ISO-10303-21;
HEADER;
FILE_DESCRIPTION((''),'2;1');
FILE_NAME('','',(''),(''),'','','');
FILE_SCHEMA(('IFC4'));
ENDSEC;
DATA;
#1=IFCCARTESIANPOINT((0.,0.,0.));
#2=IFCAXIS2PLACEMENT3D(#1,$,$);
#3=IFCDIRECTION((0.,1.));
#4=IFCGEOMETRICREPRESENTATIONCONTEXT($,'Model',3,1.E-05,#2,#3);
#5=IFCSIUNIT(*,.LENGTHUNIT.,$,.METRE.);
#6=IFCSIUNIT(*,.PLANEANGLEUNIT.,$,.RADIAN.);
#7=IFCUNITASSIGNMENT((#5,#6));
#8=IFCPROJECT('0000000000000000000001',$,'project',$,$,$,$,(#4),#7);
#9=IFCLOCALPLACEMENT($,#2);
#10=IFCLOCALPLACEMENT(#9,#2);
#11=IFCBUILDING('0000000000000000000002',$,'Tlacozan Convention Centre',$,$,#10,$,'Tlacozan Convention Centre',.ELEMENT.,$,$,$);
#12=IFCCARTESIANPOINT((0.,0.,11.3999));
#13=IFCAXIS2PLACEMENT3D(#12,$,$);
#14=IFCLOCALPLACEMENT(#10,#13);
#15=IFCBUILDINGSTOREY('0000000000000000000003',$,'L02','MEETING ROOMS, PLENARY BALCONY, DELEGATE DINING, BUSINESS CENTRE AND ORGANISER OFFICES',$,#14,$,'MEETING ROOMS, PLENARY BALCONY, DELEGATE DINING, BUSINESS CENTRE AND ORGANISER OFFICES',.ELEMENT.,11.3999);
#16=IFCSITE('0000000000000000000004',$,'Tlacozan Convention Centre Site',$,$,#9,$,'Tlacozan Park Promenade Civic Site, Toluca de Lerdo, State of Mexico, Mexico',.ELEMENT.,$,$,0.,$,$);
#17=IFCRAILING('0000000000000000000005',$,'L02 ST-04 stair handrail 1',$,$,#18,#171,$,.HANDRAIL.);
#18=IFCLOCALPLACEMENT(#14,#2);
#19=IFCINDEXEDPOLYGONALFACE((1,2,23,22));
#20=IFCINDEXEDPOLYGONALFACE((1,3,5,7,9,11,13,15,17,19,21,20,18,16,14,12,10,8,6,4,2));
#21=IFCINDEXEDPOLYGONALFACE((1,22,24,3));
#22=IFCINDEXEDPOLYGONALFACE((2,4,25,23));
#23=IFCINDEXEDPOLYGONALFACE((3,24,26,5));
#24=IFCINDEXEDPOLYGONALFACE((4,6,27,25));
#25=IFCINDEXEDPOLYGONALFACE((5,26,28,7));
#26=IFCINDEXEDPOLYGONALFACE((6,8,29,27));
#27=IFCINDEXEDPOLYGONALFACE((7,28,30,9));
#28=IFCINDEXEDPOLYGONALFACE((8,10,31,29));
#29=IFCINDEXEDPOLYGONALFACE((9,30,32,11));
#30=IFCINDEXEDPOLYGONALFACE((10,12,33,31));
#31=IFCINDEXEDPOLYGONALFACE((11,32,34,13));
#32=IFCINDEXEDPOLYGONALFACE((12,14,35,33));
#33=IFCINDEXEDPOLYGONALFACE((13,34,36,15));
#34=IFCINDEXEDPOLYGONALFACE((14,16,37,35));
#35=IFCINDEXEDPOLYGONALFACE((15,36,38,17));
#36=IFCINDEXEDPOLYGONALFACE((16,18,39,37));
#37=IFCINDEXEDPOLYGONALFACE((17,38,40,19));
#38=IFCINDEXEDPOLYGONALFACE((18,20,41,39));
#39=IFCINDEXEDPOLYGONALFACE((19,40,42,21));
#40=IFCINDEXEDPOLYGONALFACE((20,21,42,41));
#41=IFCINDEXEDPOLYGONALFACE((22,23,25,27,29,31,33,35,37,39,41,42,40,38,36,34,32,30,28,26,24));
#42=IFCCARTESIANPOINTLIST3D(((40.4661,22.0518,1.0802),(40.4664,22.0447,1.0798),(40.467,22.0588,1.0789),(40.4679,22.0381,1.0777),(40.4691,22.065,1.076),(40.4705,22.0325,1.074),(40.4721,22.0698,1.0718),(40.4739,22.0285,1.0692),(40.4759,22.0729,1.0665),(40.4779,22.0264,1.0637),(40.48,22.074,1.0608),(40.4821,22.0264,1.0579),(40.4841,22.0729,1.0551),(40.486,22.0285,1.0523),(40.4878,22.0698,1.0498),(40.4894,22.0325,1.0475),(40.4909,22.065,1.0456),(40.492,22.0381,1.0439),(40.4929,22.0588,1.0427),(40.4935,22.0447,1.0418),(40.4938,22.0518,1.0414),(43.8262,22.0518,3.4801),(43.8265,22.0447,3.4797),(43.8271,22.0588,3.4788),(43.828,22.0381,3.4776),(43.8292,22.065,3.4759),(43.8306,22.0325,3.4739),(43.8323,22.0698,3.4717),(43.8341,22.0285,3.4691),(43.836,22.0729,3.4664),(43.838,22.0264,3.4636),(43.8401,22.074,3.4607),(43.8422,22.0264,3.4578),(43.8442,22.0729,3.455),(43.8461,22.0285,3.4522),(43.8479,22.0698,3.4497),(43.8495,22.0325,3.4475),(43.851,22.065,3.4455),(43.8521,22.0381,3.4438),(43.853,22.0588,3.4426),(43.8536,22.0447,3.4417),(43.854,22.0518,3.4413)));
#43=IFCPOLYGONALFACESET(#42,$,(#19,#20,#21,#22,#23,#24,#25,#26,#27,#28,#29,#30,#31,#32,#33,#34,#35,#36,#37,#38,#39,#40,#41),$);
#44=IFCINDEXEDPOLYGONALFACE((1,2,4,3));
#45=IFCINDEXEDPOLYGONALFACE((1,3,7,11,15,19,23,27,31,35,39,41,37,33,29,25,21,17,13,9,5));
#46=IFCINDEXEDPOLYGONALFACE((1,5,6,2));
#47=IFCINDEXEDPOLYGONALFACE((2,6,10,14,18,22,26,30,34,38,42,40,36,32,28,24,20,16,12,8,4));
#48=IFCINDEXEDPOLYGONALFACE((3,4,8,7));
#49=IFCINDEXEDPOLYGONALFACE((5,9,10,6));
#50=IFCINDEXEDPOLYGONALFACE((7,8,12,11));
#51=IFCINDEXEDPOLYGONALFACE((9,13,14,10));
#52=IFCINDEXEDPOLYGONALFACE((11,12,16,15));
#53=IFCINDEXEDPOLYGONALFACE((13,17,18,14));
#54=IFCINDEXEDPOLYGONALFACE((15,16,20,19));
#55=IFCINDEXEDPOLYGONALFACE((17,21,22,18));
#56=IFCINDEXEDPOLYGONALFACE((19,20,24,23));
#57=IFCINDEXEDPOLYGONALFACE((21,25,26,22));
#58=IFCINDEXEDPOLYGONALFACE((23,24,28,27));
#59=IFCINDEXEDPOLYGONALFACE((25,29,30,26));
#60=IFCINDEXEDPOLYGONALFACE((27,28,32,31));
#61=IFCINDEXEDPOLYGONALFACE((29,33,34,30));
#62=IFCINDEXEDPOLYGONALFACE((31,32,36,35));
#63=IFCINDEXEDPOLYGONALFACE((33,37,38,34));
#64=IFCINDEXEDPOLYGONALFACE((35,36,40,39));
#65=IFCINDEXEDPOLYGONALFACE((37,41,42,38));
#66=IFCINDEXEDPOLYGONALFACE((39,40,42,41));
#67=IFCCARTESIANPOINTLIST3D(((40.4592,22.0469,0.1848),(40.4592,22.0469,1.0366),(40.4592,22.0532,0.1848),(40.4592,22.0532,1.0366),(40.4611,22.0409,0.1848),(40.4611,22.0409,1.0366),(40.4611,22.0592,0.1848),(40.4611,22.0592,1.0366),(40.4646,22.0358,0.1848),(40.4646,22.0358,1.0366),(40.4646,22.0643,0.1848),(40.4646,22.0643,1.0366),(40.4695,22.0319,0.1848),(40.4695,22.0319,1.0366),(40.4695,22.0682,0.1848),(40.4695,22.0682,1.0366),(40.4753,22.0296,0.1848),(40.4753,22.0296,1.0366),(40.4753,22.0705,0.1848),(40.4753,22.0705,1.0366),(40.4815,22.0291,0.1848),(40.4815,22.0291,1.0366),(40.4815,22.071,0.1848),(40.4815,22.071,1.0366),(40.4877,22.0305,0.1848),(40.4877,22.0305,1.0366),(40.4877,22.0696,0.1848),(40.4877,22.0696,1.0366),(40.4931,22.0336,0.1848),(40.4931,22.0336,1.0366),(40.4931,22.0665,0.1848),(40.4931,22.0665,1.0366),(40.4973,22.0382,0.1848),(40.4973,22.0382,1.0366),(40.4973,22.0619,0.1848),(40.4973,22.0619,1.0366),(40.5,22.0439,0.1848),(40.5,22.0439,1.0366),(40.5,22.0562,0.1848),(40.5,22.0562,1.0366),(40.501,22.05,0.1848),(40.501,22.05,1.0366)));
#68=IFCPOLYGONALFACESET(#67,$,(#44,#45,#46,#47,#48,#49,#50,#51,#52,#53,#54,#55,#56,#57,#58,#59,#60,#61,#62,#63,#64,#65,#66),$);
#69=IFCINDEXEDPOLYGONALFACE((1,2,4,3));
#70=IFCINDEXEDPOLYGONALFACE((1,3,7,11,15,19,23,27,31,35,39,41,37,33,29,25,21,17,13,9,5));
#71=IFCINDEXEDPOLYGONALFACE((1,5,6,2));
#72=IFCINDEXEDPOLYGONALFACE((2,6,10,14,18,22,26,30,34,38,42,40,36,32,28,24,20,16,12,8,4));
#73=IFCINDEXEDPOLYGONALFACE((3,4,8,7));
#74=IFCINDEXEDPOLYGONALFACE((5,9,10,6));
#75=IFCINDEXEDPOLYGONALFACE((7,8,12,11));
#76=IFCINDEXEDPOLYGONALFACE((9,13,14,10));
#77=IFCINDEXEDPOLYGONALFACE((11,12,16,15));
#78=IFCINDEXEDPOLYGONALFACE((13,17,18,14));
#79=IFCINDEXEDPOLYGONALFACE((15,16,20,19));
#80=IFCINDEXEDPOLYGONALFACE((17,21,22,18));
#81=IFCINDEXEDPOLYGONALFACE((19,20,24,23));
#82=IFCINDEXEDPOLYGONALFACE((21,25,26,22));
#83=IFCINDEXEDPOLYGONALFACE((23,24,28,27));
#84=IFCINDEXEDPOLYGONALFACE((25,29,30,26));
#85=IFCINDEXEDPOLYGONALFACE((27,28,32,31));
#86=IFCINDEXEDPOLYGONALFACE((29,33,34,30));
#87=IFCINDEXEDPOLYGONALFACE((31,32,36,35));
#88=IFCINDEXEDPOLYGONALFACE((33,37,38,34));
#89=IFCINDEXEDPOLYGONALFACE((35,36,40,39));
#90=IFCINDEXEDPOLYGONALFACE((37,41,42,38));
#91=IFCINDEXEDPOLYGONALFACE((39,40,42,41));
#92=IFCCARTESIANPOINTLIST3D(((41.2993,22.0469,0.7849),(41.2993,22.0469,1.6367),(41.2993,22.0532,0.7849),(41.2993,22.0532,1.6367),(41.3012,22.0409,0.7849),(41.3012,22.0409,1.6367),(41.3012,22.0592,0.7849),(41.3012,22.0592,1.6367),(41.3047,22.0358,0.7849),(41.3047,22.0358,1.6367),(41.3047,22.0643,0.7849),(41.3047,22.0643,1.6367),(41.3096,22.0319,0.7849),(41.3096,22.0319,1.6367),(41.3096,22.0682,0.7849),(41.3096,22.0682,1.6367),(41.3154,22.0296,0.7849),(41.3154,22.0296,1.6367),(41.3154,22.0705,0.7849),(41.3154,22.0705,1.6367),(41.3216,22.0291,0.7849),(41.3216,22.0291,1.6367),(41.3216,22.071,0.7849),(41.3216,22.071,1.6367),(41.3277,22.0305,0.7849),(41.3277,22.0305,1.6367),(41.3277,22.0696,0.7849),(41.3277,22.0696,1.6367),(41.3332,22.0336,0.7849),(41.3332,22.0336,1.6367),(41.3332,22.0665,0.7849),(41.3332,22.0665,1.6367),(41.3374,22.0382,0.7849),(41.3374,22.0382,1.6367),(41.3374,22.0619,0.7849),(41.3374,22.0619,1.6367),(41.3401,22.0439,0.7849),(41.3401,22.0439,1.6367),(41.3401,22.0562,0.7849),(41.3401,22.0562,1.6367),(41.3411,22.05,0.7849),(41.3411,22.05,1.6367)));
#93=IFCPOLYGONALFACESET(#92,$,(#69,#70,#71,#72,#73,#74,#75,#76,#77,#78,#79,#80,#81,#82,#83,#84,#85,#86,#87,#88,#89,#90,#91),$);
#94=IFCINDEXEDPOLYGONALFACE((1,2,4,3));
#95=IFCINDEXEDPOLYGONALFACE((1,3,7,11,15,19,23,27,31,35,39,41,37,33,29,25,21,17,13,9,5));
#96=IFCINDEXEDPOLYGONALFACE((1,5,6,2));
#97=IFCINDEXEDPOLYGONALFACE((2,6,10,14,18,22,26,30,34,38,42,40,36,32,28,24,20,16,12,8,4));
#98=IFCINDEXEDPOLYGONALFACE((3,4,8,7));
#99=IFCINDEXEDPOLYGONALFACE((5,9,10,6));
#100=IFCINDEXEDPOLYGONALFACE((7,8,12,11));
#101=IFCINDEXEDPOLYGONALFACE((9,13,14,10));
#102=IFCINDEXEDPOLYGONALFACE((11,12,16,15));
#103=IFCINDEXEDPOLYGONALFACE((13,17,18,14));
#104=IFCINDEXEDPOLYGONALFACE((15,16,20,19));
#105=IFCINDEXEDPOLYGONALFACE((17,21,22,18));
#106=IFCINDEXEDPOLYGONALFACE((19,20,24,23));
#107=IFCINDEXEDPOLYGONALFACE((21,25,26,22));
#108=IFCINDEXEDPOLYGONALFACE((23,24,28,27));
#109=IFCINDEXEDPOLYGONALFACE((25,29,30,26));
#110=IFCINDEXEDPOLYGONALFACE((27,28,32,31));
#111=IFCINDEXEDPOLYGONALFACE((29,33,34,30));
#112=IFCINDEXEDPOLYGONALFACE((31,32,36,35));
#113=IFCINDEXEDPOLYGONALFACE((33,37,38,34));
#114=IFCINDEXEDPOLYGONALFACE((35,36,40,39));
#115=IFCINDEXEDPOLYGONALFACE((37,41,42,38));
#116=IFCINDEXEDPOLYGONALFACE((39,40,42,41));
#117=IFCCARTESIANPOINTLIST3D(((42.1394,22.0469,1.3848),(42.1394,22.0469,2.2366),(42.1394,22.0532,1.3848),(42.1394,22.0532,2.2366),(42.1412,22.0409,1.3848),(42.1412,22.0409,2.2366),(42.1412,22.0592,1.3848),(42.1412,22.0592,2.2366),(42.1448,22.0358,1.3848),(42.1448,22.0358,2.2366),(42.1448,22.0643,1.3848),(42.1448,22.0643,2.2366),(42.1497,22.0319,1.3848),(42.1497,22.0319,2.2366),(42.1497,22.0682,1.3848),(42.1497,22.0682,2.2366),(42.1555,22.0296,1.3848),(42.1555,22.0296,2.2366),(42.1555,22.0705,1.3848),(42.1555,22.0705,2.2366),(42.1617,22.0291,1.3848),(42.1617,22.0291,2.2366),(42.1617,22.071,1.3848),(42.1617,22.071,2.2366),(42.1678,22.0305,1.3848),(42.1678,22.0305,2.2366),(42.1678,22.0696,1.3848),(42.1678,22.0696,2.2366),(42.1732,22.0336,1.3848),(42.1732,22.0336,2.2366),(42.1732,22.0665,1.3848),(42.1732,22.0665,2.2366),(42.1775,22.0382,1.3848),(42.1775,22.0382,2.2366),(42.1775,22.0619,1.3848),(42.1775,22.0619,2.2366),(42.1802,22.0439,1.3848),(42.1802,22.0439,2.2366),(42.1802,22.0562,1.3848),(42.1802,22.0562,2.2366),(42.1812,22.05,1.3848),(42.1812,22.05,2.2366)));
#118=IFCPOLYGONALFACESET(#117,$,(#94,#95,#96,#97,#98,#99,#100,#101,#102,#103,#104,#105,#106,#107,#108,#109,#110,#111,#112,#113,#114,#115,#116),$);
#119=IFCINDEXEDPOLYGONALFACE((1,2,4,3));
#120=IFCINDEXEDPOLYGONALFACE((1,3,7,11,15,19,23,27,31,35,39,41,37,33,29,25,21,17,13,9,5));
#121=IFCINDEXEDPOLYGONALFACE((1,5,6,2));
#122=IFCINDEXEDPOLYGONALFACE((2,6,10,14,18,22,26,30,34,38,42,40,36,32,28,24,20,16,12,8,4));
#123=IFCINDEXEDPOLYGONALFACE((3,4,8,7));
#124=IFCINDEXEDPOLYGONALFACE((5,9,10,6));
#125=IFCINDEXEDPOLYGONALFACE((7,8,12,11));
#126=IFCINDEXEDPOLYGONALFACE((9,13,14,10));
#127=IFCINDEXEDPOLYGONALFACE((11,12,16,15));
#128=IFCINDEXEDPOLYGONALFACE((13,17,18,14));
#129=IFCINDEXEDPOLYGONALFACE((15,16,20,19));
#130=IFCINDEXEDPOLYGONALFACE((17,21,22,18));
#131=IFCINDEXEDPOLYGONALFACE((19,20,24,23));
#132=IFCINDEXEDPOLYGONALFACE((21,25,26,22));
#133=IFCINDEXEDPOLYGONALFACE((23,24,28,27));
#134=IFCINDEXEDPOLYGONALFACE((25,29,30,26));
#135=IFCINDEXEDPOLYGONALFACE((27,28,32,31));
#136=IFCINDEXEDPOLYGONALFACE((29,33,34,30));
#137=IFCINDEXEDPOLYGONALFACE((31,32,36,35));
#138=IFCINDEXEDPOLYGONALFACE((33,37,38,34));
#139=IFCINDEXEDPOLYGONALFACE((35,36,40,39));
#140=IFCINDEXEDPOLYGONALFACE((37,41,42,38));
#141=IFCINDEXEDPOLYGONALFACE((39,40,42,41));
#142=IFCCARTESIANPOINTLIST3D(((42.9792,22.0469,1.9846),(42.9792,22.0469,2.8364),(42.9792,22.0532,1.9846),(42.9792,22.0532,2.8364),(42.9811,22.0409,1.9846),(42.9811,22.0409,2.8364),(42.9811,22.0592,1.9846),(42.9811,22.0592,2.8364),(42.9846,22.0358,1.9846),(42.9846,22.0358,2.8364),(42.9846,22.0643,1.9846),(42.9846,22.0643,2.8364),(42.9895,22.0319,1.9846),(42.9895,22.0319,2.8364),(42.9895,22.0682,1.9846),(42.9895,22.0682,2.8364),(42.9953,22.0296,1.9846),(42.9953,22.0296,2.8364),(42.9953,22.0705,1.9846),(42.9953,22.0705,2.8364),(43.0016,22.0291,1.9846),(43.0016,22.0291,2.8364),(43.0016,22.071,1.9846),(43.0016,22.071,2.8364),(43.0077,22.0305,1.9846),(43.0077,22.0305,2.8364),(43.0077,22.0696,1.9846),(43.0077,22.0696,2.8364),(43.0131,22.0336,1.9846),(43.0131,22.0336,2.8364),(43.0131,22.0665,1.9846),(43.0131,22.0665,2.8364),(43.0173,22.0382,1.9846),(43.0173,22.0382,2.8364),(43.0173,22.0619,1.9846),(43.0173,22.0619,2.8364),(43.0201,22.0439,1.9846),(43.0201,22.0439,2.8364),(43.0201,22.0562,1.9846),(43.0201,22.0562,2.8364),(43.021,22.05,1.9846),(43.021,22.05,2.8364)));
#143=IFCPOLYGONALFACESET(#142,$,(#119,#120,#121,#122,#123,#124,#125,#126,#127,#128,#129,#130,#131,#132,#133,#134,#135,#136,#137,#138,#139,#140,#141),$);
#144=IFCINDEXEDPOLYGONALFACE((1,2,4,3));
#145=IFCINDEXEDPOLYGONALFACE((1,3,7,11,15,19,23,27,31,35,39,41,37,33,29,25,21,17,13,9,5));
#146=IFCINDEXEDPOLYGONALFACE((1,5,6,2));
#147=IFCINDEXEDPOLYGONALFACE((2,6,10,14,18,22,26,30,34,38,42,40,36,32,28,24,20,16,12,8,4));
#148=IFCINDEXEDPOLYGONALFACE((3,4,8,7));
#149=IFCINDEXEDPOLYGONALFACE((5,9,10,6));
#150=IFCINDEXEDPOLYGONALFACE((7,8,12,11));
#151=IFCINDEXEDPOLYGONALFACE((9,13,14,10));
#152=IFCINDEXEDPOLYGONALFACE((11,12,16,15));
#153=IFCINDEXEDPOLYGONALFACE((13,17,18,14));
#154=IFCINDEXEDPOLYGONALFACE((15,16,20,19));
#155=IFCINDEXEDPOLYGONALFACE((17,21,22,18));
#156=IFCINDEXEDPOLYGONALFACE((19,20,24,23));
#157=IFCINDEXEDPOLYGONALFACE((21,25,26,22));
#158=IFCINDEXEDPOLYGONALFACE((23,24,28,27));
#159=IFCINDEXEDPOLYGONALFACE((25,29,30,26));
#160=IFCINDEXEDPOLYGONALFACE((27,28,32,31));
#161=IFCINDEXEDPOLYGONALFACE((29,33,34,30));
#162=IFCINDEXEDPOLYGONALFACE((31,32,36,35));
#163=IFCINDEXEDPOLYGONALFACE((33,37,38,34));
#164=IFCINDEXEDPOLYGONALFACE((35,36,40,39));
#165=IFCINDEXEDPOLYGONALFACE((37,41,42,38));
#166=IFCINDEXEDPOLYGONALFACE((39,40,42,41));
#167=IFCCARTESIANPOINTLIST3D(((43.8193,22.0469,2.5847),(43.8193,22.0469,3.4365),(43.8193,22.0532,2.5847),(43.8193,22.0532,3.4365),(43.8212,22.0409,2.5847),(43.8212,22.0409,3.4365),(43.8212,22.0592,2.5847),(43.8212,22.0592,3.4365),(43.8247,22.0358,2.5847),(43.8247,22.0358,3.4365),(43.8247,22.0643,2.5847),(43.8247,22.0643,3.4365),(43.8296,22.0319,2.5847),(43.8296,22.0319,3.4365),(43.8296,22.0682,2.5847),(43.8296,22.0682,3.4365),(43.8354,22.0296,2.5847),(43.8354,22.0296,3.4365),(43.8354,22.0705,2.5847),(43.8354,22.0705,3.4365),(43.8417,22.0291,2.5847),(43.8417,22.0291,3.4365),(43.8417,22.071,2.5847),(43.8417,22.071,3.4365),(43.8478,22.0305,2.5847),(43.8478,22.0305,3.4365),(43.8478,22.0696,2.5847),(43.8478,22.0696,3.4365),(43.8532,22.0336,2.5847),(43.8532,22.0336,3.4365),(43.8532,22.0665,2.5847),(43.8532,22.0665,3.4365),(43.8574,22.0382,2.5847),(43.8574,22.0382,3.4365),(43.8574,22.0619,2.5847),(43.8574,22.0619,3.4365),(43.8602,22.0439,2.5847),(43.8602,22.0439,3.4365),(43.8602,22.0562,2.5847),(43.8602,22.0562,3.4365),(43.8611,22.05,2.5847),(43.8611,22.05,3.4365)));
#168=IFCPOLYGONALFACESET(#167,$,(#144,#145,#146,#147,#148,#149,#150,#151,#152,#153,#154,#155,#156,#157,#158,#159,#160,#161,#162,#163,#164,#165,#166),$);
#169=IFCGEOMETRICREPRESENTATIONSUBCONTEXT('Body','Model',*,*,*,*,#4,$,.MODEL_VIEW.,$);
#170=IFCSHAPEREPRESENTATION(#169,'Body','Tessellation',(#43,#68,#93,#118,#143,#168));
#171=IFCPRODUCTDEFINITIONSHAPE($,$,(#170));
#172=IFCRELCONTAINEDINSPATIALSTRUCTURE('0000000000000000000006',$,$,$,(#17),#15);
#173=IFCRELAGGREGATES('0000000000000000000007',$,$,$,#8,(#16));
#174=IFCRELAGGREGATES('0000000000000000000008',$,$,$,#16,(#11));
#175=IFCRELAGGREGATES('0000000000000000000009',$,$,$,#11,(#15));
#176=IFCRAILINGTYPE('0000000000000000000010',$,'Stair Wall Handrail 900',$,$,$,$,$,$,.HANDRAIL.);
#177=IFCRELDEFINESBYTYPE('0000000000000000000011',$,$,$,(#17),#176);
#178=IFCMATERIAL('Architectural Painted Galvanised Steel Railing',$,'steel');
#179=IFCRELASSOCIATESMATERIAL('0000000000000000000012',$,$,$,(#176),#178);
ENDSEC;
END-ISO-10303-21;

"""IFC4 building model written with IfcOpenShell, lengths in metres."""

from ifc_helpers import new_model, si_unit, direction, frame, origin, origin_2d, place, context, subcontext, project, spatial, circle, extrude, material, type_object, element, save


model = new_model("IFC4")

# Units and contexts
model_context = context("Model", 3, precision=1e-05, world=origin(), true_north=direction((0.0, 1.0)))
body_context = subcontext(model_context, "Body", "Model", "MODEL_VIEW")
ifc_project = project(units=[si_unit("LENGTHUNIT", "METRE"), si_unit("PLANEANGLEUNIT", "RADIAN")], contexts=[model_context])

# Site, building, storey
site_placement = place(None, origin())
site = spatial("IfcSite", under=ifc_project, at=site_placement, Name="Tlacozan Convention Centre Site", LongName="Tlacozan Park Promenade Civic Site, Toluca de Lerdo, State of Mexico, Mexico", CompositionType="ELEMENT", RefElevation=0.0)
building_placement = place(site_placement, origin())
building = spatial("IfcBuilding", under=site, at=building_placement, Name="Tlacozan Convention Centre", LongName="Tlacozan Convention Centre", CompositionType="ELEMENT")
storey_placement = place(building_placement, frame((0.0, 0.0, 11.3999)))
storey = spatial("IfcBuildingStorey", under=building, at=storey_placement, Name="L02", Description="MEETING ROOMS, PLENARY BALCONY, DELEGATE DINING, BUSINESS CENTRE AND ORGANISER OFFICES", LongName="MEETING ROOMS, PLENARY BALCONY, DELEGATE DINING, BUSINESS CENTRE AND ORGANISER OFFICES", CompositionType="ELEMENT", Elevation=11.3999)

# Railing
ifc_material_1 = material(Name="Architectural Painted Galvanised Steel Railing", Category="steel")
railing_type_1 = type_object("IfcRailingType", Name="Stair Wall Handrail 900", PredefinedType="HANDRAIL", material=ifc_material_1)
railing_1_placement = place(storey_placement, frame((40.48, 22.05, 0.1848)))
element("IfcRailing", 1, at=railing_1_placement, inside=storey, type_object=railing_type_1, Name="L02 ST-04 stair handrail 1", PredefinedType="HANDRAIL", context=body_context, shape_type="SweptSolid", body=[
    extrude(circle(Radius=0.0239, at=origin_2d()), frame((0.0, 0.0, 0.876), z_axis=(0.813753, 0.0, 0.58121), x_axis=(0.0, 1.0, 0.0)), (0.0, 0.0, 1.0), 4.1292),
    extrude(circle(Radius=0.021, at=origin_2d()), origin(), (0.0, 0.0, 1.0), 0.8518),
    extrude(circle(Radius=0.021, at=origin_2d()), frame((0.8401, 0.0, 0.6001)), (0.0, 0.0, 1.0), 0.8518),
    extrude(circle(Radius=0.021, at=origin_2d()), frame((1.6802, 0.0, 1.2)), (0.0, 0.0, 1.0), 0.8518),
    extrude(circle(Radius=0.021, at=origin_2d()), frame((2.52, 0.0, 1.7998)), (0.0, 0.0, 1.0), 0.8518),
    extrude(circle(Radius=0.021, at=origin_2d()), frame((3.3601, 0.0, 2.3999)), (0.0, 0.0, 1.0), 0.8518),
])

save(model, "model.ifc")
